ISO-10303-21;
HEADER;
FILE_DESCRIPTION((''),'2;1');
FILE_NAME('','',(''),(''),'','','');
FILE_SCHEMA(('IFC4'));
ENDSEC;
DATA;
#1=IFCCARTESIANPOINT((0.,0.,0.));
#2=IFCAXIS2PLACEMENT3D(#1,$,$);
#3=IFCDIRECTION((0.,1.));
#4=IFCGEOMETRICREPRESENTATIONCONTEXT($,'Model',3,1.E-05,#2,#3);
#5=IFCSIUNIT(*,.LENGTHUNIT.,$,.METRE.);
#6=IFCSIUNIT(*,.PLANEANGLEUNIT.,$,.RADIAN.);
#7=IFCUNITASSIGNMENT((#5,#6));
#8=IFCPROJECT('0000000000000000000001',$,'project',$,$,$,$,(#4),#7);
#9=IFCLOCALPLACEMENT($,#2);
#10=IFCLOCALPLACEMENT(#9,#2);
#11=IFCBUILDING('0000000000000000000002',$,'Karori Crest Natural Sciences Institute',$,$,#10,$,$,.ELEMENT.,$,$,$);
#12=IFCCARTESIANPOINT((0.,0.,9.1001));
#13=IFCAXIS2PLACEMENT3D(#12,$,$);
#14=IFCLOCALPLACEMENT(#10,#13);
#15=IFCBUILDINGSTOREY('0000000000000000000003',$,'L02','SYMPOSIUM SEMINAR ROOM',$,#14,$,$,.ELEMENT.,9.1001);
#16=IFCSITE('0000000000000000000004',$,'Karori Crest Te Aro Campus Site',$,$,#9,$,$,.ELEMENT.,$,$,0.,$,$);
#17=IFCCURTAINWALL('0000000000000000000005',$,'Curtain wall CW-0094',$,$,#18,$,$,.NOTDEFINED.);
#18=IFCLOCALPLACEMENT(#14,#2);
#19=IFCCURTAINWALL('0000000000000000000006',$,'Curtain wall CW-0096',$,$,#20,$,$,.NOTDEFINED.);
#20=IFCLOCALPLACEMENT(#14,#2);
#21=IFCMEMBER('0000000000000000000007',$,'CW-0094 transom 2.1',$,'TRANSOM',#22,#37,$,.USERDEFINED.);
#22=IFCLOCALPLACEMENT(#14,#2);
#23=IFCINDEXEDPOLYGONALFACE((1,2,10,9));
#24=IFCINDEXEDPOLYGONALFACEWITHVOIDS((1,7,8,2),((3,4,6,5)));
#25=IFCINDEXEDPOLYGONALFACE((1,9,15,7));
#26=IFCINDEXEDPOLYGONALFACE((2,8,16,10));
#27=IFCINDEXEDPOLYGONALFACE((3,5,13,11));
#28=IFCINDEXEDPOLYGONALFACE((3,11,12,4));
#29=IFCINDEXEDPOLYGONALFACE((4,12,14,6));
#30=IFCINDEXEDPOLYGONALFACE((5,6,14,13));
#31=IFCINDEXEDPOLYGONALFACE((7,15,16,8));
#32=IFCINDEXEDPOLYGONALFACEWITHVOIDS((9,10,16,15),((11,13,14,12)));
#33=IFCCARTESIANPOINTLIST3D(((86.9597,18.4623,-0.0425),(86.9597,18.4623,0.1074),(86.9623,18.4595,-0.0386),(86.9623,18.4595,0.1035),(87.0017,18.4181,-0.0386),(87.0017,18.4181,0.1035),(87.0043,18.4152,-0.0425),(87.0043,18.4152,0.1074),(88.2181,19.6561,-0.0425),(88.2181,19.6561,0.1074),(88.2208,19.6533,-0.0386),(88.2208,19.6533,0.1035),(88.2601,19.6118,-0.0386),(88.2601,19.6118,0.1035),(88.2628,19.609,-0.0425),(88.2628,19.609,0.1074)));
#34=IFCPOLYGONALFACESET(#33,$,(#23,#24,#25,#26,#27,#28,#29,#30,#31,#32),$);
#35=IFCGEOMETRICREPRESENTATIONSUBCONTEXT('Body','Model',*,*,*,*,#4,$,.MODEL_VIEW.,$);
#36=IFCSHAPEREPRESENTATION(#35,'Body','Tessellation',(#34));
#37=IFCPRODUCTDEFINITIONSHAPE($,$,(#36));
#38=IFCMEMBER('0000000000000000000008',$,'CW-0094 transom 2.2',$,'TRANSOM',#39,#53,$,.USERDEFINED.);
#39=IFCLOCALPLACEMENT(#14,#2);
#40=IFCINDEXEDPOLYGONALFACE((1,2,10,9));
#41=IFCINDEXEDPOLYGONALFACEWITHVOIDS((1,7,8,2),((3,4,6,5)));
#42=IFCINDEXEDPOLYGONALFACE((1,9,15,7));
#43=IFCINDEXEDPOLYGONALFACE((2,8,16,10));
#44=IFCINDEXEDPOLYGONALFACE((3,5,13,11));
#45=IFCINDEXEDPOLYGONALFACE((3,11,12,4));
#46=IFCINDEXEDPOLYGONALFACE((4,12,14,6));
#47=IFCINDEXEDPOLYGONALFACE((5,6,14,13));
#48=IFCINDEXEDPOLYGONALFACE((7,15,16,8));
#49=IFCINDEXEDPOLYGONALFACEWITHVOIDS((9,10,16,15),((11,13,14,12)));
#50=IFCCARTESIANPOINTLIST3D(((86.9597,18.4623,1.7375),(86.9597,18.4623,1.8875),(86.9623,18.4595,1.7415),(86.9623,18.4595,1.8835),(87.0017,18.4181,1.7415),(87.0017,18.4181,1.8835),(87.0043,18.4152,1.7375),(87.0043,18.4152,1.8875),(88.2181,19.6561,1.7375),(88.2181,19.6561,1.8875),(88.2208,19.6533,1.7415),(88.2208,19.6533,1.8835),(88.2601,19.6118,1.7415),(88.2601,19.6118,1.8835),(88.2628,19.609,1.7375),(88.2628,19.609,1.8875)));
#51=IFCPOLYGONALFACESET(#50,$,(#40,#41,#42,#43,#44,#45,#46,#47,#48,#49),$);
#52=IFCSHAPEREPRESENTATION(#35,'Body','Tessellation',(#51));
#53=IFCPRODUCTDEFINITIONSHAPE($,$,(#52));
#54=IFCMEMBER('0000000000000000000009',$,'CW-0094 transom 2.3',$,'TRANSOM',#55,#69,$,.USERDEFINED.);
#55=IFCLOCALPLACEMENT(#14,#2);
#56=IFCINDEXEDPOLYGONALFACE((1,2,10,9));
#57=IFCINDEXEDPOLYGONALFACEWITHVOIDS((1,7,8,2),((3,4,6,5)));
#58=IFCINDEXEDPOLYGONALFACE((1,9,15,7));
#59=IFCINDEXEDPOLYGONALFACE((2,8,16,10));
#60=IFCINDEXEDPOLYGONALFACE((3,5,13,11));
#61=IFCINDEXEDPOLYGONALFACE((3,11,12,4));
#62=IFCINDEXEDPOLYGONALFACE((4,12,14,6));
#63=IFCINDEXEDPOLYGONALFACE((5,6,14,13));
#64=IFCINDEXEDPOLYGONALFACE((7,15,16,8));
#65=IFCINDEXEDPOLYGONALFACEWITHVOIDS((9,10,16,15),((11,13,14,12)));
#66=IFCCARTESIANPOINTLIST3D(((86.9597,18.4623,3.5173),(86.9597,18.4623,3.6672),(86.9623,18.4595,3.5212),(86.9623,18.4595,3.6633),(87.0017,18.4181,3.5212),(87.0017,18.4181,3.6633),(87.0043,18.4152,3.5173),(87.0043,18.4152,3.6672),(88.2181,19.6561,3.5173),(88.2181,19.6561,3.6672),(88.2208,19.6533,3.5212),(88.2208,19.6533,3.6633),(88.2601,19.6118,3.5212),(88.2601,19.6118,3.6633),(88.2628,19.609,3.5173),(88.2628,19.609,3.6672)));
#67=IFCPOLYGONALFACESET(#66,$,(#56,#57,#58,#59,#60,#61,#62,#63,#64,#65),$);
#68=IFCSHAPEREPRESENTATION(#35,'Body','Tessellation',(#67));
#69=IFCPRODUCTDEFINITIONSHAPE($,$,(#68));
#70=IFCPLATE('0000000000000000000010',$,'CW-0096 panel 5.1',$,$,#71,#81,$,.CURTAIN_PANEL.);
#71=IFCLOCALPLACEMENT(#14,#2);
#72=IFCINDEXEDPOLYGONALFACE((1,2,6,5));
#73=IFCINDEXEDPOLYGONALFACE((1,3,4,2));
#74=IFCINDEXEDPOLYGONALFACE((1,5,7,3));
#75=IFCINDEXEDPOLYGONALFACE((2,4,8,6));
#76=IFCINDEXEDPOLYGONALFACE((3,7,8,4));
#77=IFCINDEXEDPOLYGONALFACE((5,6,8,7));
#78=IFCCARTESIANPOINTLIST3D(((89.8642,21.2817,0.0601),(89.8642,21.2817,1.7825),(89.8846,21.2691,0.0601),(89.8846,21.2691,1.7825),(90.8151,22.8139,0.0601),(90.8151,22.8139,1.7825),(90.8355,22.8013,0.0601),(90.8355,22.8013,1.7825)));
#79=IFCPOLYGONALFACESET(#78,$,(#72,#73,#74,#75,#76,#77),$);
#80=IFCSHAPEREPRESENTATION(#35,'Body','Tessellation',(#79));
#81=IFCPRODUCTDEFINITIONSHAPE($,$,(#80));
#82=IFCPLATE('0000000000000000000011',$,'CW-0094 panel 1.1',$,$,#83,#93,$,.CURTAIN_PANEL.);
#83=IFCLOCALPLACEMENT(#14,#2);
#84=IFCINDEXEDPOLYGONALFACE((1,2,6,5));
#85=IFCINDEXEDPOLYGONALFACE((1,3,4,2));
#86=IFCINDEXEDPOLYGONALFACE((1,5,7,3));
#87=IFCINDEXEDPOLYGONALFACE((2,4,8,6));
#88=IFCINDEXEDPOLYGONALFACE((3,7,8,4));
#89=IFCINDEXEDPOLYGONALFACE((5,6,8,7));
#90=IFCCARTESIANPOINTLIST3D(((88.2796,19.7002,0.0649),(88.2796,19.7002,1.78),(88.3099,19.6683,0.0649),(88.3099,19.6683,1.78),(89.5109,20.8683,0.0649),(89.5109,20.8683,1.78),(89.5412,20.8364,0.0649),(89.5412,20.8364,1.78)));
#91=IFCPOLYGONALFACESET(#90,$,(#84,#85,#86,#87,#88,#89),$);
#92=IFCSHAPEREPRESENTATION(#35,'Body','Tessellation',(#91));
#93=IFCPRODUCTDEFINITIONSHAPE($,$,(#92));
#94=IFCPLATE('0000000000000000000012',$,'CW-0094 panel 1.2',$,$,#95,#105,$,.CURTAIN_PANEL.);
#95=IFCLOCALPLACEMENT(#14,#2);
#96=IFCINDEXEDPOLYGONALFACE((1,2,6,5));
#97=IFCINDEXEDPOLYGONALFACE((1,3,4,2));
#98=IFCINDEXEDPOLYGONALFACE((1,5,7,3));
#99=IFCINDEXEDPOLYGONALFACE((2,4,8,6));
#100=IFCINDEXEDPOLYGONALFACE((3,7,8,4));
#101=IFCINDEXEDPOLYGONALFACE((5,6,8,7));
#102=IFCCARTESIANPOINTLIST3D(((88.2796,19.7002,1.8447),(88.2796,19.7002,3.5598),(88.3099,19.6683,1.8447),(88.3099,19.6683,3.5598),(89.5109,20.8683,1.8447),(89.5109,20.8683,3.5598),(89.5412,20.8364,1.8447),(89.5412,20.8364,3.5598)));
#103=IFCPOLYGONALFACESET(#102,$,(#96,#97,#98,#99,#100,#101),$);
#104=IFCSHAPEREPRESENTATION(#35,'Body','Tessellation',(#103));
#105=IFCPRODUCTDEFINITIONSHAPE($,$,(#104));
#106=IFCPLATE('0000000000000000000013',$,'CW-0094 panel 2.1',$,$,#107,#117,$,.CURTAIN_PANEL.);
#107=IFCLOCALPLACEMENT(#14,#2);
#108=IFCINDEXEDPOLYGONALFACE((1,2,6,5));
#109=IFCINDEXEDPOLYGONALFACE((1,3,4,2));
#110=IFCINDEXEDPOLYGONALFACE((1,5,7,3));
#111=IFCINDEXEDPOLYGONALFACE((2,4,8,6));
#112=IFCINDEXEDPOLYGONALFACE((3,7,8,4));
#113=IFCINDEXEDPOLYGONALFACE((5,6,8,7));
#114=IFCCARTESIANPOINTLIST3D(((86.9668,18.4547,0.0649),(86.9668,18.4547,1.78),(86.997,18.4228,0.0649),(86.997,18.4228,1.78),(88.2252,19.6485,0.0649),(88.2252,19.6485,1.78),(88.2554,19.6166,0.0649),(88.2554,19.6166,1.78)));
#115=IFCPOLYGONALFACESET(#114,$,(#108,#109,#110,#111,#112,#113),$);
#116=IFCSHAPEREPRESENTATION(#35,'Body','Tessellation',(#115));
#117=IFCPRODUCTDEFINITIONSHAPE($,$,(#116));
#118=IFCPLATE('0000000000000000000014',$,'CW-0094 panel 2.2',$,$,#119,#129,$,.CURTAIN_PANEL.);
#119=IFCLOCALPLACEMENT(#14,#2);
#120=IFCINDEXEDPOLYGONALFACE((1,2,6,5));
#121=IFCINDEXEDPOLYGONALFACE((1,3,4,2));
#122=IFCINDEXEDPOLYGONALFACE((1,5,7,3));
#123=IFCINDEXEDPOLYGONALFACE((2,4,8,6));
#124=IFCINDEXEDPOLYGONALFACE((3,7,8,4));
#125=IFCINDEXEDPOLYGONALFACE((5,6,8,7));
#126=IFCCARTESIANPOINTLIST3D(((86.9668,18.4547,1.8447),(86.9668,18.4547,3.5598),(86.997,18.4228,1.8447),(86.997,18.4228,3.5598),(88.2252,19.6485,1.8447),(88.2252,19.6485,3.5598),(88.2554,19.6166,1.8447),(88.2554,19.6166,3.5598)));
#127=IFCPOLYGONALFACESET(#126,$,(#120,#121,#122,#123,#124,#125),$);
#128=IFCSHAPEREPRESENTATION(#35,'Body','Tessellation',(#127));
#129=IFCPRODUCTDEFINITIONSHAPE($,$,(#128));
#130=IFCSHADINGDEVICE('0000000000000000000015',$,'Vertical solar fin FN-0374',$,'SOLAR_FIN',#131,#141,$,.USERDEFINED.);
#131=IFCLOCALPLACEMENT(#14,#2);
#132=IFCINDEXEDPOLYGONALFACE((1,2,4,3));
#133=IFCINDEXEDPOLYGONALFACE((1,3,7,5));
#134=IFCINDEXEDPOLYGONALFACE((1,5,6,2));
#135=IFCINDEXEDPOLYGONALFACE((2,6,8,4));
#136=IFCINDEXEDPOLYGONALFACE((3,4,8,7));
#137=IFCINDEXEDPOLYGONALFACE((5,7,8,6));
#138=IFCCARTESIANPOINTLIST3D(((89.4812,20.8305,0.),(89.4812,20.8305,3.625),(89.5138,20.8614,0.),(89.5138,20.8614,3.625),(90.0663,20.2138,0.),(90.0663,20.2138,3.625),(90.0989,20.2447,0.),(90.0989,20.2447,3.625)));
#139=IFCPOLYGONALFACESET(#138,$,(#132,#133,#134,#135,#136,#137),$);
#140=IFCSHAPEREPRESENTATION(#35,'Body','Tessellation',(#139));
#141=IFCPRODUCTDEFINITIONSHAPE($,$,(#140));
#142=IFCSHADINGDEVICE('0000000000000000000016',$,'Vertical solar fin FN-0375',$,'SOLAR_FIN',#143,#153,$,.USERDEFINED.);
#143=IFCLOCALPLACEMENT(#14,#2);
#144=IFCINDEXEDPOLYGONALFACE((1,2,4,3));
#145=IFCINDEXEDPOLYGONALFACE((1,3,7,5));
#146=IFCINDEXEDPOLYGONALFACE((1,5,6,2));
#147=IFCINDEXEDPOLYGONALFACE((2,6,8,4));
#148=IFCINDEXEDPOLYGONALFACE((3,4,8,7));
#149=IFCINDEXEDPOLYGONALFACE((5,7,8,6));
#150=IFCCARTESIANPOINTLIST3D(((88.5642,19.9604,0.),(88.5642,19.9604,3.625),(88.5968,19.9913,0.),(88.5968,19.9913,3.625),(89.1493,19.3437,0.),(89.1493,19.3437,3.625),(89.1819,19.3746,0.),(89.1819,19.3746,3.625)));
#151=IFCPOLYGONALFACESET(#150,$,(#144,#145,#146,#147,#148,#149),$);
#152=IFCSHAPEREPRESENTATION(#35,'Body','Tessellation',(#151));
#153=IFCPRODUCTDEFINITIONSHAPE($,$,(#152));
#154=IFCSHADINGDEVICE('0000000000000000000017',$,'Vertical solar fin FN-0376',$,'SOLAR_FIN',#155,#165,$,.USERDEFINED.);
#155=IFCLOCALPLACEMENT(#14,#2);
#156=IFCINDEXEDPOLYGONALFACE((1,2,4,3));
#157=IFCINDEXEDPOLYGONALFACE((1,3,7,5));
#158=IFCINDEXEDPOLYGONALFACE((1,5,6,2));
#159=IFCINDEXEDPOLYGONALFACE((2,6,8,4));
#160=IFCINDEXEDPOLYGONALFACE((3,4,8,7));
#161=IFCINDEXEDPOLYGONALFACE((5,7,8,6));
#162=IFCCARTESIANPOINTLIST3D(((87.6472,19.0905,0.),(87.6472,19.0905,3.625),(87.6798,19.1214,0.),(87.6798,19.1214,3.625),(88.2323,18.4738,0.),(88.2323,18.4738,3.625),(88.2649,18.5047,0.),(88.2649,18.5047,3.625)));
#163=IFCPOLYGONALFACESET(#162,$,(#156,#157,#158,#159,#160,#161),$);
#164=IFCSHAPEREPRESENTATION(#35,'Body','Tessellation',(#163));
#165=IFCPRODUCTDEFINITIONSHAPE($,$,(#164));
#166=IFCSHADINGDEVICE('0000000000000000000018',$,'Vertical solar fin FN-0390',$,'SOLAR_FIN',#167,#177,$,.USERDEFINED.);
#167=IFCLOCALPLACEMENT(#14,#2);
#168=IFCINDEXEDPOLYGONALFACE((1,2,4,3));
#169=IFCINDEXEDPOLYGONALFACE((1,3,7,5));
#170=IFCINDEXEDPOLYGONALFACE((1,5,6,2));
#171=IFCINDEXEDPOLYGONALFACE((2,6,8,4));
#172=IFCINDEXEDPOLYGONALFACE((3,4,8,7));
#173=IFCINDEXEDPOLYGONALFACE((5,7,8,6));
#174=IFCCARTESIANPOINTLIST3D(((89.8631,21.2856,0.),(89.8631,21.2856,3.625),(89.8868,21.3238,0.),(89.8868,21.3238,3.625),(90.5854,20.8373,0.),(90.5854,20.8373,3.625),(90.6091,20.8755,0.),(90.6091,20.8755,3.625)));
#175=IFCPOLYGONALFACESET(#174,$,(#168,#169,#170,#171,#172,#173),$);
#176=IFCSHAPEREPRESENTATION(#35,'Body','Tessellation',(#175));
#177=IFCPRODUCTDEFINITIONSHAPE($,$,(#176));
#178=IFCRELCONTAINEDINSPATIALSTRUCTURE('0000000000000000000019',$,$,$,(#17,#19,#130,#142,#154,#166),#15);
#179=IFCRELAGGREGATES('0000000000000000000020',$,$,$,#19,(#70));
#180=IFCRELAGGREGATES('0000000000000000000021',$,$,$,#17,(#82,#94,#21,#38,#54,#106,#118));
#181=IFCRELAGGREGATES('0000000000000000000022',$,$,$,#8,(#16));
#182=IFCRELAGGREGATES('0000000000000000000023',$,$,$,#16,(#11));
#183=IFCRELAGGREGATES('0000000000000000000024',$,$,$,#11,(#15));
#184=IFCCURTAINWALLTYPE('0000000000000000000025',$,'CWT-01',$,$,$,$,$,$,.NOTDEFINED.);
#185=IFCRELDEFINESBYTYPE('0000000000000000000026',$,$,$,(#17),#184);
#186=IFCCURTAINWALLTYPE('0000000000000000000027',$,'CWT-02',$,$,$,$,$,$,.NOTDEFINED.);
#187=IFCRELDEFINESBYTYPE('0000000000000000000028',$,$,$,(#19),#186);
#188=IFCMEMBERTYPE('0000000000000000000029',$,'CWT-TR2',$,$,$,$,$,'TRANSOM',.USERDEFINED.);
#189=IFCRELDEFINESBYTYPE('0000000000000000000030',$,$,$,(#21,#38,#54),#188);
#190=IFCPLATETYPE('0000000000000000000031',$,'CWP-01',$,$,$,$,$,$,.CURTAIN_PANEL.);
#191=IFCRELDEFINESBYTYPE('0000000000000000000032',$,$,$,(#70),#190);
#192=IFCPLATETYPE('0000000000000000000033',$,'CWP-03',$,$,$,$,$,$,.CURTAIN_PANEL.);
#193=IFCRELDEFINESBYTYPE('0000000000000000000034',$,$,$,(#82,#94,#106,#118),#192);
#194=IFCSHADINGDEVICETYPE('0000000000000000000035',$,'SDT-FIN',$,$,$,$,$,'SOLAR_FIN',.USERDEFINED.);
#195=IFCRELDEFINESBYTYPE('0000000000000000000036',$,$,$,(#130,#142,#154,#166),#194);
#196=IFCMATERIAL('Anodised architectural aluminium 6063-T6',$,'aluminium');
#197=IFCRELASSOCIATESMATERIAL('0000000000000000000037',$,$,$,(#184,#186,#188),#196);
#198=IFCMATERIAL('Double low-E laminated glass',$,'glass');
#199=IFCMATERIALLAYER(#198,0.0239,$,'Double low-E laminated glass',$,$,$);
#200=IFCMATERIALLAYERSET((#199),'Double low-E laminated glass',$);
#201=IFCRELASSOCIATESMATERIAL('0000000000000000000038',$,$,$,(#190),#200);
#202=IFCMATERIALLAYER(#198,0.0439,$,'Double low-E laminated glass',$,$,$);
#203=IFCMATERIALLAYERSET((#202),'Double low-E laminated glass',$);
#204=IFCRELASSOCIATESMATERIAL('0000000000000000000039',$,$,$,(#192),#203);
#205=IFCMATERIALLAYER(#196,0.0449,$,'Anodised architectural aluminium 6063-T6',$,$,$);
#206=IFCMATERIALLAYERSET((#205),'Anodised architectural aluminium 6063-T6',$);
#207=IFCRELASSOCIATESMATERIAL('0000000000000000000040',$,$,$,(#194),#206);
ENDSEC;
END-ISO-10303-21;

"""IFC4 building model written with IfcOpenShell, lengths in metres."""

from ifc_helpers import new_model, si_unit, direction, frame, origin, origin_2d, place, context, subcontext, project, spatial, rectangle, hollow_rectangle, extrude, material, layer, layer_set, material_profile, profile_set, type_object, element, aggregate, save


model = new_model("IFC4")

# Units and contexts
model_context = context("Model", 3, precision=1e-05, world=origin(), true_north=direction((0.0, 1.0)))
body_context = subcontext(model_context, "Body", "Model", "MODEL_VIEW")
ifc_project = project(units=[si_unit("LENGTHUNIT", "METRE"), si_unit("PLANEANGLEUNIT", "RADIAN")], contexts=[model_context])

# Site, building, storey
site_placement = place(None, origin())
site = spatial("IfcSite", under=ifc_project, at=site_placement, Name="Karori Crest Te Aro Campus Site", CompositionType="ELEMENT", RefElevation=0.0)
building_placement = place(site_placement, origin())
building = spatial("IfcBuilding", under=site, at=building_placement, Name="Karori Crest Natural Sciences Institute", CompositionType="ELEMENT")
storey_placement = place(building_placement, frame((0.0, 0.0, 9.1001)))
storey = spatial("IfcBuildingStorey", under=building, at=storey_placement, Name="L02", Description="SYMPOSIUM SEMINAR ROOM", CompositionType="ELEMENT", Elevation=9.1001)

# Curtain wall
ifc_material_1 = material(Name="Anodised architectural aluminium 6063-T6", Category="aluminium")
curtain_wall_type_1 = type_object("IfcCurtainWallType", Name="CWT-01", PredefinedType="NOTDEFINED", material=ifc_material_1)
curtain_wall_1_placement = place(storey_placement, origin())
curtain_wall_1 = element("IfcCurtainWall", 1, at=curtain_wall_1_placement, inside=storey, type_object=curtain_wall_type_1, Name="Curtain wall CW-0094", PredefinedType="NOTDEFINED")

# Curtain wall
curtain_wall_type_2 = type_object("IfcCurtainWallType", Name="CWT-02", PredefinedType="NOTDEFINED", material=ifc_material_1)
curtain_wall_2_placement = place(storey_placement, origin())
curtain_wall_2 = element("IfcCurtainWall", 2, at=curtain_wall_2_placement, inside=storey, type_object=curtain_wall_type_2, Name="Curtain wall CW-0096", PredefinedType="NOTDEFINED")

# Members
ifc_material_profile_1 = material_profile(ifc_material_1, hollow_rectangle(XDim=0.0649, YDim=0.1499, WallThickness=0.0039, at=origin_2d()), Name="CWT150x65x4")
ifc_profile_set_1 = profile_set([ifc_material_profile_1], Name="Anodised architectural aluminium 6063-T6")
member_type_1 = type_object("IfcMemberType", Name="CWT-TR2", ElementType="TRANSOM", PredefinedType="USERDEFINED", material=ifc_profile_set_1)
member_1_placement = place(storey_placement, frame((88.2405, 19.6326, 0.0325), z_axis=(-0.725509, -0.688213, 0.0), x_axis=(0.688213, -0.725509, 0.0)))
member_1 = element("IfcMember", 3, at=member_1_placement, type_object=member_type_1, Name="CW-0094 transom 2.1", ObjectType="TRANSOM", PredefinedType="USERDEFINED", context=body_context, shape_type="SweptSolid", body=[
    extrude(hollow_rectangle(XDim=0.0649, YDim=0.1499, WallThickness=0.0039, at=origin_2d()), origin(), (0.0, 0.0, 1.0), 1.7346),
])
member_2_placement = place(storey_placement, frame((88.2405, 19.6326, 1.8125), z_axis=(-0.725509, -0.688213, 0.0), x_axis=(0.688213, -0.725509, 0.0)))
member_2 = element("IfcMember", 4, at=member_2_placement, type_object=member_type_1, Name="CW-0094 transom 2.2", ObjectType="TRANSOM", PredefinedType="USERDEFINED", context=body_context, shape_type="SweptSolid", body=[
    extrude(hollow_rectangle(XDim=0.0649, YDim=0.1499, WallThickness=0.0039, at=origin_2d()), origin(), (0.0, 0.0, 1.0), 1.7346),
])
member_3_placement = place(storey_placement, frame((88.2405, 19.6326, 3.5923), z_axis=(-0.725509, -0.688213, 0.0), x_axis=(0.688213, -0.725509, 0.0)))
member_3 = element("IfcMember", 5, at=member_3_placement, type_object=member_type_1, Name="CW-0094 transom 2.3", ObjectType="TRANSOM", PredefinedType="USERDEFINED", context=body_context, shape_type="SweptSolid", body=[
    extrude(hollow_rectangle(XDim=0.0649, YDim=0.1499, WallThickness=0.0039, at=origin_2d()), origin(), (0.0, 0.0, 1.0), 1.7346),
])

# Plates
ifc_material_2 = material(Name="Double low-E laminated glass", Category="glass")
ifc_layer_1 = layer(ifc_material_2, 0.0239, Name="Double low-E laminated glass")
ifc_layer_set_1 = layer_set([ifc_layer_1], Name="Double low-E laminated glass")
plate_type_1 = type_object("IfcPlateType", Name="CWP-01", PredefinedType="CURTAIN_PANEL", material=ifc_layer_set_1)
plate_1_placement = place(storey_placement, frame((90.3499, 22.0415, 0.0601), z_axis=(0.0, 0.0, 1.0), x_axis=(-0.527328, -0.849662, 0.0)))
plate_1 = element("IfcPlate", 6, at=plate_1_placement, type_object=plate_type_1, Name="CW-0096 panel 5.1", PredefinedType="CURTAIN_PANEL", context=body_context, shape_type="SweptSolid", body=[
    extrude(rectangle(XDim=1.8032, YDim=0.0239, at=origin_2d()), origin(), (0.0, 0.0, 1.0), 1.7224),
])
aggregate(curtain_wall_2, [plate_1])
ifc_layer_2 = layer(ifc_material_2, 0.0439, Name="Double low-E laminated glass")
ifc_layer_set_2 = layer_set([ifc_layer_2], Name="Double low-E laminated glass")
plate_type_2 = type_object("IfcPlateType", Name="CWP-03", PredefinedType="CURTAIN_PANEL", material=ifc_layer_set_2)
plate_2_placement = place(storey_placement, frame((88.9104, 20.2683, 0.0649), z_axis=(0.0, 0.0, 1.0), x_axis=(-0.725473, -0.688251, 0.0)))
plate_2 = element("IfcPlate", 7, at=plate_2_placement, type_object=plate_type_2, Name="CW-0094 panel 1.1", PredefinedType="CURTAIN_PANEL", context=body_context, shape_type="SweptSolid", body=[
    extrude(rectangle(XDim=1.6973, YDim=0.0439, at=origin_2d()), origin(), (0.0, 0.0, 1.0), 1.7151),
])
plate_3_placement = place(storey_placement, frame((88.9104, 20.2683, 1.8447), z_axis=(0.0, 0.0, 1.0), x_axis=(-0.725473, -0.688251, 0.0)))
plate_3 = element("IfcPlate", 8, at=plate_3_placement, type_object=plate_type_2, Name="CW-0094 panel 1.2", PredefinedType="CURTAIN_PANEL", context=body_context, shape_type="SweptSolid", body=[
    extrude(rectangle(XDim=1.6973, YDim=0.0439, at=origin_2d()), origin(), (0.0, 0.0, 1.0), 1.7151),
])
plate_4_placement = place(storey_placement, frame((87.6111, 19.0356, 0.0649), z_axis=(0.0, 0.0, 1.0), x_axis=(-0.725473, -0.688251, 0.0)))
plate_4 = element("IfcPlate", 9, at=plate_4_placement, type_object=plate_type_2, Name="CW-0094 panel 2.1", PredefinedType="CURTAIN_PANEL", context=body_context, shape_type="SweptSolid", body=[
    extrude(rectangle(XDim=1.7346, YDim=0.0439, at=origin_2d()), origin(), (0.0, 0.0, 1.0), 1.7151),
])
plate_5_placement = place(storey_placement, frame((87.6111, 19.0356, 1.8447), z_axis=(0.0, 0.0, 1.0), x_axis=(-0.725473, -0.688251, 0.0)))
plate_5 = element("IfcPlate", 10, at=plate_5_placement, type_object=plate_type_2, Name="CW-0094 panel 2.2", PredefinedType="CURTAIN_PANEL", context=body_context, shape_type="SweptSolid", body=[
    extrude(rectangle(XDim=1.7346, YDim=0.0439, at=origin_2d()), origin(), (0.0, 0.0, 1.0), 1.7151),
])
aggregate(curtain_wall_1, [plate_2, plate_3, member_1, member_2, member_3, plate_4, plate_5])

# Shading devices
ifc_layer_3 = layer(ifc_material_1, 0.0449, Name="Anodised architectural aluminium 6063-T6")
ifc_layer_set_3 = layer_set([ifc_layer_3], Name="Anodised architectural aluminium 6063-T6")
shading_device_type = type_object("IfcShadingDeviceType", Name="SDT-FIN", ElementType="SOLAR_FIN", PredefinedType="USERDEFINED", material=ifc_layer_set_3)
for number, where, z_axis, x_axis, name in (
    (11, (89.79, 20.5376, 0.0), (0.0, 0.0, 1.0), (0.688251, -0.725473, 0.0), "Vertical solar fin FN-0374"),
    (12, (88.873, 19.6675, 0.0), (0.0, 0.0, 1.0), (0.688251, -0.725473, 0.0), "Vertical solar fin FN-0375"),
    (13, (87.9561, 18.7976, 0.0), (0.0, 0.0, 1.0), (0.688251, -0.725473, 0.0), "Vertical solar fin FN-0376"),
    (14, (90.2361, 21.0806, 0.0), (0.0, 0.0, 1.0), (0.849662, -0.527328, 0.0), "Vertical solar fin FN-0390"),
):
    element("IfcShadingDevice", number, at=place(storey_placement, frame(where, z_axis=z_axis, x_axis=x_axis)), inside=storey, type_object=shading_device_type, Name=name, ObjectType="SOLAR_FIN", PredefinedType="USERDEFINED", context=body_context, shape_type="SweptSolid", body=[
        extrude(rectangle(XDim=0.8501, YDim=0.0449, at=origin_2d()), origin(), (0.0, 0.0, 1.0), 3.625),
    ])

save(model, "model.ifc")
